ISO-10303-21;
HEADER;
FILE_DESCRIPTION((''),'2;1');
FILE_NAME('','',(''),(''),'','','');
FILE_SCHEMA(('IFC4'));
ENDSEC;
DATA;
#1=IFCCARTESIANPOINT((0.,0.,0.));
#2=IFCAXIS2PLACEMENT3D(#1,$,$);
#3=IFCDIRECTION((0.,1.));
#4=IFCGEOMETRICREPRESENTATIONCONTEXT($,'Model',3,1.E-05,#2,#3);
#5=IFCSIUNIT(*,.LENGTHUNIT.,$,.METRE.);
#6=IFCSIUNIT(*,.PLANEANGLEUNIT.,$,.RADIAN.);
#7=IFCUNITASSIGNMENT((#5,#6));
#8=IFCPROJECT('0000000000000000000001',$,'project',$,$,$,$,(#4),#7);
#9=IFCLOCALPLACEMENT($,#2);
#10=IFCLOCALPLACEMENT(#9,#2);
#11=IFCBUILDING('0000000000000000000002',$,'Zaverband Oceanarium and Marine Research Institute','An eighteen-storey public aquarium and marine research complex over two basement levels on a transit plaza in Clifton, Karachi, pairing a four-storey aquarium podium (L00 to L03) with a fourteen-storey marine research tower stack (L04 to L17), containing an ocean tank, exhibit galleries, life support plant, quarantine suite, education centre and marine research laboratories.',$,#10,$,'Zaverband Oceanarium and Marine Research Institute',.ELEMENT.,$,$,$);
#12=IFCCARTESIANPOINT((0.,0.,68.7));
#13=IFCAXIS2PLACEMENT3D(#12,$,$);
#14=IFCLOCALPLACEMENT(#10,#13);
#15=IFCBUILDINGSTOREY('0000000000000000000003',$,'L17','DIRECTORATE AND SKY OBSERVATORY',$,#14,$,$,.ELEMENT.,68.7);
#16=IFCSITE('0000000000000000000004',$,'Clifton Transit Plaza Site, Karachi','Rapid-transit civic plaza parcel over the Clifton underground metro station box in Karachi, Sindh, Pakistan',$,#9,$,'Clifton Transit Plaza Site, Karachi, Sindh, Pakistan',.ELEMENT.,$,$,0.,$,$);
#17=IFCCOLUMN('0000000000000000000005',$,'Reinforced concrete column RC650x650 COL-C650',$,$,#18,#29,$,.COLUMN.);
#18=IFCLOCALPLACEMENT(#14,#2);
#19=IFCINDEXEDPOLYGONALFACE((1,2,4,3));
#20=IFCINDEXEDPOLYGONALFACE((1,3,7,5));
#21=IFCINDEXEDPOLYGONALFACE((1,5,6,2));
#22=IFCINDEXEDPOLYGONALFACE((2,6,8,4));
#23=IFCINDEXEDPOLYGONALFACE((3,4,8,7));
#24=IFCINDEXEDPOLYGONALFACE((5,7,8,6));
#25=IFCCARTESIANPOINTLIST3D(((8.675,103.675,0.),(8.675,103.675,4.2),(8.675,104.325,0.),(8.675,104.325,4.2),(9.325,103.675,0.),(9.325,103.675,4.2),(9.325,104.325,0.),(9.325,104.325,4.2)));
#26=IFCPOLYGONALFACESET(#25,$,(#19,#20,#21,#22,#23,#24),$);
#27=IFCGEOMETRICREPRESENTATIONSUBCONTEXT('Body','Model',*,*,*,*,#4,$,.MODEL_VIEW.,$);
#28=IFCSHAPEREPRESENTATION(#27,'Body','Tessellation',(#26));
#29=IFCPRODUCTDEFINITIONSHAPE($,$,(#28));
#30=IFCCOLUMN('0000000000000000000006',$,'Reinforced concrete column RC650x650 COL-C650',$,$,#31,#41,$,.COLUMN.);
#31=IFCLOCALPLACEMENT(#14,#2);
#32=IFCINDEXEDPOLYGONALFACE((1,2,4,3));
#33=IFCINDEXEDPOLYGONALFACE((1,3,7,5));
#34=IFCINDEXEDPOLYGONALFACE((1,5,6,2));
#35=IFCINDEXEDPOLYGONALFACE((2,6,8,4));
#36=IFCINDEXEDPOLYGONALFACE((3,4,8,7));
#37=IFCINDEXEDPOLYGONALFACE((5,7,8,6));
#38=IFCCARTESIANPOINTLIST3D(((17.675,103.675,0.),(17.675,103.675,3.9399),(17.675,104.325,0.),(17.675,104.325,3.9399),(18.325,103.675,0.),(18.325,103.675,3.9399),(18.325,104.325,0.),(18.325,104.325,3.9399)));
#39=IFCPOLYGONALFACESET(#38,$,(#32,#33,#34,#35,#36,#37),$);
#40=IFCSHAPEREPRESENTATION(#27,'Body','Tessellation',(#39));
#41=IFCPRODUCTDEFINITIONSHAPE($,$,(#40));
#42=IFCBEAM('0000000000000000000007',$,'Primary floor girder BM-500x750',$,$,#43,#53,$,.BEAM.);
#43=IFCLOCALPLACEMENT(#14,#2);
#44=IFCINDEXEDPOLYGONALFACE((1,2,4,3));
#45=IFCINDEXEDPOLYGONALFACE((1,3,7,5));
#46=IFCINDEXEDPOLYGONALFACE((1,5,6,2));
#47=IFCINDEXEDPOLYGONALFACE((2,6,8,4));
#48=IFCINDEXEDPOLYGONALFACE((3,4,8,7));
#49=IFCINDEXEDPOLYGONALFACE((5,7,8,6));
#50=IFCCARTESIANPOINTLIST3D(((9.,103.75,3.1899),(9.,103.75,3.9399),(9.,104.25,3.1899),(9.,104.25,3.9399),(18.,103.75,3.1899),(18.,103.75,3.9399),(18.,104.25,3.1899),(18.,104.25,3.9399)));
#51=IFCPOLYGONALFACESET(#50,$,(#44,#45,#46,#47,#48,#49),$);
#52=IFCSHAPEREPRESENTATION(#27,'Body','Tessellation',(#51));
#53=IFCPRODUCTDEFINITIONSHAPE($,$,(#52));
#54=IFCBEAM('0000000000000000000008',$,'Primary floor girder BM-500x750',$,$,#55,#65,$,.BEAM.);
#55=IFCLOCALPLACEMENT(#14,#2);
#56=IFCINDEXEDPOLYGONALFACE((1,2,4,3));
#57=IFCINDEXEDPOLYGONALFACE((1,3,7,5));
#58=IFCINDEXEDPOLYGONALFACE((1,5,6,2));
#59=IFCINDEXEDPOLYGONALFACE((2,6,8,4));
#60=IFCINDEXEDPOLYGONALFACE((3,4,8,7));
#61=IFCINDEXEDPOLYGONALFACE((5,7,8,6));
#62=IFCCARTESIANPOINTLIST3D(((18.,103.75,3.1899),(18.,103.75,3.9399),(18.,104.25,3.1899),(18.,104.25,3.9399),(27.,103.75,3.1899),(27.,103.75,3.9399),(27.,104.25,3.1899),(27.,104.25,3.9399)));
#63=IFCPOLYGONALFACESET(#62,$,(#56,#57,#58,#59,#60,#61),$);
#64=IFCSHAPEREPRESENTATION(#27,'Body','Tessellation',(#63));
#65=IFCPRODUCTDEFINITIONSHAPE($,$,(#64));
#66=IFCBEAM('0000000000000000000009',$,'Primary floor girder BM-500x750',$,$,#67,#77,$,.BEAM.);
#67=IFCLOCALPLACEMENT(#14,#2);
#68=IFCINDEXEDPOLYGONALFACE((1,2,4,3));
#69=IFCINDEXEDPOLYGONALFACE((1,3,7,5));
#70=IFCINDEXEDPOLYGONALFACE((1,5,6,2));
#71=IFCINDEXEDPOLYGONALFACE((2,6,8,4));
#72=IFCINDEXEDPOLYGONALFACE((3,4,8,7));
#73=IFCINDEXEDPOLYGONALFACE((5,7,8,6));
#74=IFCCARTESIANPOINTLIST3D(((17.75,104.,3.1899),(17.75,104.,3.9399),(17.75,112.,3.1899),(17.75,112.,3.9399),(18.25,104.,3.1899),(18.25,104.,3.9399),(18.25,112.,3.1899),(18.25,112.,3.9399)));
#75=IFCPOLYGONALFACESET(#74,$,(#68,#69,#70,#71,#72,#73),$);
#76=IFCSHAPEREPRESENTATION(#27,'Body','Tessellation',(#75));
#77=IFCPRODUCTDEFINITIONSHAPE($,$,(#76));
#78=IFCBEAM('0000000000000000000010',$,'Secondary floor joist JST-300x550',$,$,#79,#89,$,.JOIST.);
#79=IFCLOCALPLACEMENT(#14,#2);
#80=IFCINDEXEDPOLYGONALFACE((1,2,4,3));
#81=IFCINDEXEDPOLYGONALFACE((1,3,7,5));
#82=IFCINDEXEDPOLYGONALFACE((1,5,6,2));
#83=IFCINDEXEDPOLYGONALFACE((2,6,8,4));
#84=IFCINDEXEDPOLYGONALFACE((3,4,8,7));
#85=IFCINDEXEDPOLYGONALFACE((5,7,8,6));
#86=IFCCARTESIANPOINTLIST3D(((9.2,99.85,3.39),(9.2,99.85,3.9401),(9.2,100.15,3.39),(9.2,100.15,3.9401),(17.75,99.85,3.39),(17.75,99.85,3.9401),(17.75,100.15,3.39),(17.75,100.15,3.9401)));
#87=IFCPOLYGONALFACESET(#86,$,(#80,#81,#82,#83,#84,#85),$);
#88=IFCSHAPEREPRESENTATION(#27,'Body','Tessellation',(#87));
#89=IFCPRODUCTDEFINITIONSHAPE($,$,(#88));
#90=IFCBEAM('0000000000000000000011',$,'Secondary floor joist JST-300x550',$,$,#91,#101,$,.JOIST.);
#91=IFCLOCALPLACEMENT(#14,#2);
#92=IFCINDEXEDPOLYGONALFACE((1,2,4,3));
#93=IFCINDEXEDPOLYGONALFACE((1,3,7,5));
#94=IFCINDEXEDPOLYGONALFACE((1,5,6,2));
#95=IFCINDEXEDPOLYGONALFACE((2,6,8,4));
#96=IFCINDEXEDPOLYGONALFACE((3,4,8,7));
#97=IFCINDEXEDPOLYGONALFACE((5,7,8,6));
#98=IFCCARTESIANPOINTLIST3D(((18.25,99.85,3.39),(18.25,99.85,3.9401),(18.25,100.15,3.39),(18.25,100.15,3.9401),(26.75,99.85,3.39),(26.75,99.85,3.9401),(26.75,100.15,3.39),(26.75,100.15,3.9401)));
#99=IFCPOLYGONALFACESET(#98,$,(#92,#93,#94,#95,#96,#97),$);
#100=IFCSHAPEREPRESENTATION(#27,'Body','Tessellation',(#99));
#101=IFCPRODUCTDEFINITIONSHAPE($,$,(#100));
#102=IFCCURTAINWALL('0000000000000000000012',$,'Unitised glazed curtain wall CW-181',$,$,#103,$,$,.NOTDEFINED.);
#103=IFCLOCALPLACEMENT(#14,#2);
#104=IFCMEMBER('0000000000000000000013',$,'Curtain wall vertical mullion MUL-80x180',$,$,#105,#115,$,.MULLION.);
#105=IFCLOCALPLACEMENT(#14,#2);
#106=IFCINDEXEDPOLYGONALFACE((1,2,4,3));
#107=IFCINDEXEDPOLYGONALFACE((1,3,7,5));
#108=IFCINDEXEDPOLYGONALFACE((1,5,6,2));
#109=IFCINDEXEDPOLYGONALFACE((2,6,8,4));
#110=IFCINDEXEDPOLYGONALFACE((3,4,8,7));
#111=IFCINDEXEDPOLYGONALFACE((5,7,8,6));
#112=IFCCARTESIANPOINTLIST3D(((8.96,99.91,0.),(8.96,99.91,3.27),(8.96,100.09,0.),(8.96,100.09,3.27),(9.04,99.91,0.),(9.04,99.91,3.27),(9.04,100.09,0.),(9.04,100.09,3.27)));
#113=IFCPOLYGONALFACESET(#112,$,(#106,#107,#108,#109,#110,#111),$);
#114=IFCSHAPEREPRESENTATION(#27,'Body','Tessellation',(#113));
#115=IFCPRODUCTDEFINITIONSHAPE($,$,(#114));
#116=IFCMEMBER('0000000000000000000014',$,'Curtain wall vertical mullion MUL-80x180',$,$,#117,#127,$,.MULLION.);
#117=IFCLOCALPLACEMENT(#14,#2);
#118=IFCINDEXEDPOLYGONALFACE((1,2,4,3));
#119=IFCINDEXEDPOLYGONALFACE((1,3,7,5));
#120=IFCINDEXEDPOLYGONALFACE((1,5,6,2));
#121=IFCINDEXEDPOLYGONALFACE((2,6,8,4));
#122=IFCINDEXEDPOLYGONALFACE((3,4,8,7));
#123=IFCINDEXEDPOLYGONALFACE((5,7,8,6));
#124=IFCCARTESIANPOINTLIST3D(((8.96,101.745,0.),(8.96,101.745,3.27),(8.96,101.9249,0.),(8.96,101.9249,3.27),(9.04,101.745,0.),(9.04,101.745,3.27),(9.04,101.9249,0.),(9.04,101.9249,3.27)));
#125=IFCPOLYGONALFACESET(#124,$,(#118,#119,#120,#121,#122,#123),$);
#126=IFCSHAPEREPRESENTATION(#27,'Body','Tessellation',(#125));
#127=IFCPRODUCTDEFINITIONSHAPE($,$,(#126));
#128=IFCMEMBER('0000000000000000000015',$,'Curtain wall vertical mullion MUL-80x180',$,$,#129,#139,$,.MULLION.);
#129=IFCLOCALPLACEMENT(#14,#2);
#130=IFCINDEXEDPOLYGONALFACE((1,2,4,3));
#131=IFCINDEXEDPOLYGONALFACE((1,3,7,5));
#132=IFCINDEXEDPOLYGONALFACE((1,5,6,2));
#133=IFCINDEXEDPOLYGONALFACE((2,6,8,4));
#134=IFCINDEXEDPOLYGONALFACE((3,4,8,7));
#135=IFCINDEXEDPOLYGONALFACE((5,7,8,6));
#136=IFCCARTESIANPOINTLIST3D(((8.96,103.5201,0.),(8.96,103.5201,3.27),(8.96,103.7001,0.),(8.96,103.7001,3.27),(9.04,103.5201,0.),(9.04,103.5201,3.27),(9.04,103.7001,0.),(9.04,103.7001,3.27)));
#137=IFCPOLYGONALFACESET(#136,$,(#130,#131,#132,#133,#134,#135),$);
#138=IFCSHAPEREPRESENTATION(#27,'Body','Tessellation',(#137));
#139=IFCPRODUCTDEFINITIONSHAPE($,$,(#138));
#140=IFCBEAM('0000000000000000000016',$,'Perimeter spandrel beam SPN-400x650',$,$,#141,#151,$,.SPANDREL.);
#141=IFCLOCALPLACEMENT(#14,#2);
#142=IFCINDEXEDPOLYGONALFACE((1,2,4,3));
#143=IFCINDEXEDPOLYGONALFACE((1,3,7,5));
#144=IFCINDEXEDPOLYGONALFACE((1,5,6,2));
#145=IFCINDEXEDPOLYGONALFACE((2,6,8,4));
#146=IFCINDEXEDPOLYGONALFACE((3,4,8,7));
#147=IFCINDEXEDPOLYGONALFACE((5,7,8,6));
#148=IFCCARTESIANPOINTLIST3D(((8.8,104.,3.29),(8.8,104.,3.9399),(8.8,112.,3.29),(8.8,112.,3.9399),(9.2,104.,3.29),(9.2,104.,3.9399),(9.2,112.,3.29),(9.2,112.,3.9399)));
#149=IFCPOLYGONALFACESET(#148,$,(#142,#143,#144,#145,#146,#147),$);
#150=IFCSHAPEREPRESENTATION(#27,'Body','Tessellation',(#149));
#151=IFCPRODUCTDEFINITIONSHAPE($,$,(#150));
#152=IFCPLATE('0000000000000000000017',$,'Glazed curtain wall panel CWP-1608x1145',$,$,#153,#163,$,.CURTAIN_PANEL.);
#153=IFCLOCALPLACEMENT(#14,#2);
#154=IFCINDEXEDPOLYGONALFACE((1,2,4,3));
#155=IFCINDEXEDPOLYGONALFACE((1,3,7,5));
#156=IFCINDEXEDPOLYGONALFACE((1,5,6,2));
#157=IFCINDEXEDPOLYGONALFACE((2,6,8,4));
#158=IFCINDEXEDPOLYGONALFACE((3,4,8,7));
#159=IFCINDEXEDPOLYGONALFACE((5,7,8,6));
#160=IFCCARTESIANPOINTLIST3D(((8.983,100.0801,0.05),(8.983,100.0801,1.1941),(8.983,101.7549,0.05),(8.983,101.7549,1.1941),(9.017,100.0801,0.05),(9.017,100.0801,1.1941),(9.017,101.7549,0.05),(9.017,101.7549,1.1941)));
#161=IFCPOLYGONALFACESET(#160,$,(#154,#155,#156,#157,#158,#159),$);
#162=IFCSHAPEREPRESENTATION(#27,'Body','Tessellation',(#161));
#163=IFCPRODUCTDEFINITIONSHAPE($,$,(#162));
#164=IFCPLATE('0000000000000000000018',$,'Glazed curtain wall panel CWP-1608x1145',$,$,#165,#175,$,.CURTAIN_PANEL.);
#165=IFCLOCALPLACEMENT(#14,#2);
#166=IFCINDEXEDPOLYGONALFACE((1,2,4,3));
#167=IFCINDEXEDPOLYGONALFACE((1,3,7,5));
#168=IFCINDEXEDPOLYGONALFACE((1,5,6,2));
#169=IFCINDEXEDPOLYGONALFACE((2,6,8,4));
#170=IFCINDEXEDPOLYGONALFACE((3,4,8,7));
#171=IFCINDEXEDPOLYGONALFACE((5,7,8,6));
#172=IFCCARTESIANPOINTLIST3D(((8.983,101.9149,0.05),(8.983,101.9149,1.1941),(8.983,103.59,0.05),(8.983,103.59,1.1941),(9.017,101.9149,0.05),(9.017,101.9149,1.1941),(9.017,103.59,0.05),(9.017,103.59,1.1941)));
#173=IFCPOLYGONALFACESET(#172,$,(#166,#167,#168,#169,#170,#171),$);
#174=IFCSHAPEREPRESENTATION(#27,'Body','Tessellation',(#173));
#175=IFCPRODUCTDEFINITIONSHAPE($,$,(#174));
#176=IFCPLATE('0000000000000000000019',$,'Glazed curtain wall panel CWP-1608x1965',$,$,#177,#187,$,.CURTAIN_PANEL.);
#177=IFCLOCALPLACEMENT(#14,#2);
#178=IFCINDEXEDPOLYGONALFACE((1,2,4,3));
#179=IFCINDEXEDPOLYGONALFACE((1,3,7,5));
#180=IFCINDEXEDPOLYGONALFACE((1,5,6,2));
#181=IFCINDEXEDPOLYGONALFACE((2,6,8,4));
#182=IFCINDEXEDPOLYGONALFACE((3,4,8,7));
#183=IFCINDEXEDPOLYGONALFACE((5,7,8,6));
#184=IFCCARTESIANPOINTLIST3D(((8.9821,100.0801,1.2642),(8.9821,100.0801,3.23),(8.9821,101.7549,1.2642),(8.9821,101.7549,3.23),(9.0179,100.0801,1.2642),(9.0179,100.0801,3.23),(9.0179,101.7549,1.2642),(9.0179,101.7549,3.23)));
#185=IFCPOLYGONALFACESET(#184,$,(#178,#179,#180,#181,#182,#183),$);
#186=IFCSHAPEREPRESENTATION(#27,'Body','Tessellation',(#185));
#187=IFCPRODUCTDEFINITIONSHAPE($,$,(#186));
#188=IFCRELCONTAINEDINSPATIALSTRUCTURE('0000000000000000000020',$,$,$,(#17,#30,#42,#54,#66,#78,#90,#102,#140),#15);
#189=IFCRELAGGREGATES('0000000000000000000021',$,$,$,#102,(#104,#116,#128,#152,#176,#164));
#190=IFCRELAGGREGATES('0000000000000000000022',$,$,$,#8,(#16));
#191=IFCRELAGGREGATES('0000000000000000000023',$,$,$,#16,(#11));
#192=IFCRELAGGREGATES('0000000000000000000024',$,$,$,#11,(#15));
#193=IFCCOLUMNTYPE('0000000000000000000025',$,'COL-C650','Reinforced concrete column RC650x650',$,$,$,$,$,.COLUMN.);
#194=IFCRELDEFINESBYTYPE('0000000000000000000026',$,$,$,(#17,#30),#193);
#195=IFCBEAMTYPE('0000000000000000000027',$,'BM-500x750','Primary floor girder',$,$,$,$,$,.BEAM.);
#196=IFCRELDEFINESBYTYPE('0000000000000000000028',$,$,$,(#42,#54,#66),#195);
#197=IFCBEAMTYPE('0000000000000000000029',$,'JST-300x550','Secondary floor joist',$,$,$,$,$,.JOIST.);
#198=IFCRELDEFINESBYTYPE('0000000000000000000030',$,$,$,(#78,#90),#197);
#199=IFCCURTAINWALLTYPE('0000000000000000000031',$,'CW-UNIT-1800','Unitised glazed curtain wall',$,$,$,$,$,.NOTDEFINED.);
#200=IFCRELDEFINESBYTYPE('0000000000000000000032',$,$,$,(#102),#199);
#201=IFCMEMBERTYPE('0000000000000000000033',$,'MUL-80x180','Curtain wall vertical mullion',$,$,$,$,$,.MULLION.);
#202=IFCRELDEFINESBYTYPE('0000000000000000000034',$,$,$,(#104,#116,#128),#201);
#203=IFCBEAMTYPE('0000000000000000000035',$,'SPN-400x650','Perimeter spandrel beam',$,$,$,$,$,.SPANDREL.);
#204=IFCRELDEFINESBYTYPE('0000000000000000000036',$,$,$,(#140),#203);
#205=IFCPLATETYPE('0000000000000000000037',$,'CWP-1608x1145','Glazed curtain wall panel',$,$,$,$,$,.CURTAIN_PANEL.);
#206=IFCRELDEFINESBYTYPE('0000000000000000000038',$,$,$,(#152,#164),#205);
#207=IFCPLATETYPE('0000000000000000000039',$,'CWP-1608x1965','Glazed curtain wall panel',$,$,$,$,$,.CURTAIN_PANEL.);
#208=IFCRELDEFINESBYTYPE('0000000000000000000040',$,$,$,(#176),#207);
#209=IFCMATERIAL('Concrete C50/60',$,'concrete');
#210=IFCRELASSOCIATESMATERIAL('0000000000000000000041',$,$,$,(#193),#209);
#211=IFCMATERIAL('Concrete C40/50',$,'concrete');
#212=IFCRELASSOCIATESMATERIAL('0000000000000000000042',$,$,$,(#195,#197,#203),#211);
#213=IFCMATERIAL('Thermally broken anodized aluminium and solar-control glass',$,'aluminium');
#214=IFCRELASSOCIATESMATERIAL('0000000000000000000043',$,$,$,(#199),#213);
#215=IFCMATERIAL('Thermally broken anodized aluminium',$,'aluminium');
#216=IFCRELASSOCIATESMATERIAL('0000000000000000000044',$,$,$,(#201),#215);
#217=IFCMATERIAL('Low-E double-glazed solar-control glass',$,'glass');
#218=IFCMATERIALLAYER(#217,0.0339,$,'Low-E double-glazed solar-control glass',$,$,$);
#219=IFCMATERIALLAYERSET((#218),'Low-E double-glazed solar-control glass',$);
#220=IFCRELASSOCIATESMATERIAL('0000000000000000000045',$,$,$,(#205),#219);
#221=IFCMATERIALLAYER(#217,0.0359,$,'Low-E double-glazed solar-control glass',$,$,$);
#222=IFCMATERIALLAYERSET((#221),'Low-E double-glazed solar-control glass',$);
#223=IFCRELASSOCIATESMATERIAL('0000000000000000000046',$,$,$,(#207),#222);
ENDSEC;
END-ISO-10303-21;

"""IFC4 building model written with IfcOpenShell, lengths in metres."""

from ifc_helpers import new_model, si_unit, direction, frame, frame_2d, origin, origin_2d, place, context, subcontext, project, spatial, rectangle, extrude, material, layer, layer_set, material_profile, profile_set, type_object, element, aggregate, save


model = new_model("IFC4")

# Units and contexts
model_context = context("Model", 3, precision=1e-05, world=origin(), true_north=direction((0.0, 1.0)))
body_context = subcontext(model_context, "Body", "Model", "MODEL_VIEW")
ifc_project = project(units=[si_unit("LENGTHUNIT", "METRE"), si_unit("PLANEANGLEUNIT", "RADIAN")], contexts=[model_context])

# Site, building, storey
site_placement = place(None, origin())
site = spatial("IfcSite", under=ifc_project, at=site_placement, Name="Clifton Transit Plaza Site, Karachi", Description="Rapid-transit civic plaza parcel over the Clifton underground metro station box in Karachi, Sindh, Pakistan", LongName="Clifton Transit Plaza Site, Karachi, Sindh, Pakistan", CompositionType="ELEMENT", RefElevation=0.0)
building_placement = place(site_placement, origin())
building = spatial("IfcBuilding", under=site, at=building_placement, Name="Zaverband Oceanarium and Marine Research Institute", Description="An eighteen-storey public aquarium and marine research complex over two basement levels on a transit plaza in Clifton, Karachi, pairing a four-storey aquarium podium (L00 to L03) with a fourteen-storey marine research tower stack (L04 to L17), containing an ocean tank, exhibit galleries, life support plant, quarantine suite, education centre and marine research laboratories.", LongName="Zaverband Oceanarium and Marine Research Institute", CompositionType="ELEMENT")
storey_placement = place(building_placement, frame((0.0, 0.0, 68.7)))
storey = spatial("IfcBuildingStorey", under=building, at=storey_placement, Name="L17", Description="DIRECTORATE AND SKY OBSERVATORY", CompositionType="ELEMENT", Elevation=68.7)

# Columns
ifc_material_1 = material(Name="Concrete C50/60", Category="concrete")
ifc_material_profile_1 = material_profile(ifc_material_1, rectangle(XDim=0.6499, YDim=0.6499, at=origin_2d()), Name="RC650x650")
ifc_profile_set_1 = profile_set([ifc_material_profile_1], Name="Concrete C50/60")
column_type = type_object("IfcColumnType", Name="COL-C650", Description="Reinforced concrete column RC650x650", PredefinedType="COLUMN", material=ifc_profile_set_1)
column_1_placement = place(storey_placement, frame((9.0, 104.0, 0.0), z_axis=(0.0, 0.0, 1.0), x_axis=(1.0, 0.0, 0.0)))
element("IfcColumn", 1, at=column_1_placement, inside=storey, type_object=column_type, Name="Reinforced concrete column RC650x650 COL-C650", PredefinedType="COLUMN", context=body_context, shape_type="SweptSolid", body=[
    extrude(rectangle(XDim=0.6499, YDim=0.6499, at=origin_2d()), origin(), (0.0, 0.0, 1.0), 4.2),
])
column_2_placement = place(storey_placement, frame((18.0, 104.0, 0.0), z_axis=(0.0, 0.0, 1.0), x_axis=(1.0, 0.0, 0.0)))
element("IfcColumn", 2, at=column_2_placement, inside=storey, type_object=column_type, Name="Reinforced concrete column RC650x650 COL-C650", PredefinedType="COLUMN", context=body_context, shape_type="SweptSolid", body=[
    extrude(rectangle(XDim=0.6499, YDim=0.6499, at=origin_2d()), origin(), (0.0, 0.0, 1.0), 3.9399),
])

# Beams
ifc_material_2 = material(Name="Concrete C40/50", Category="concrete")
ifc_material_profile_2 = material_profile(ifc_material_2, rectangle(XDim=0.5, YDim=0.75, at=origin_2d()), Name="RC500x750")
ifc_profile_set_2 = profile_set([ifc_material_profile_2], Name="Concrete C40/50")
beam_type_1 = type_object("IfcBeamType", Name="BM-500x750", Description="Primary floor girder", PredefinedType="BEAM", material=ifc_profile_set_2)
for number, where, z_axis, x_axis, name in (
    (3, (9.0, 104.0, 3.5649), (1.0, 0.0, 0.0), (0.0, 1.0, 0.0), "Primary floor girder BM-500x750"),
    (4, (18.0, 104.0, 3.5649), (1.0, 0.0, 0.0), (0.0, 1.0, 0.0), "Primary floor girder BM-500x750"),
):
    element("IfcBeam", number, at=place(storey_placement, frame(where, z_axis=z_axis, x_axis=x_axis)), inside=storey, type_object=beam_type_1, Name=name, PredefinedType="BEAM", context=body_context, shape_type="SweptSolid", body=[
        extrude(rectangle(XDim=0.5, YDim=0.75, at=origin_2d()), origin(), (0.0, 0.0, 1.0), 9.0),
    ])
beam_1_placement = place(storey_placement, frame((18.0, 104.0, 3.5649), z_axis=(0.0, 1.0, 0.0), x_axis=(-1.0, 0.0, 0.0)))
element("IfcBeam", 5, at=beam_1_placement, inside=storey, type_object=beam_type_1, Name="Primary floor girder BM-500x750", PredefinedType="BEAM", context=body_context, shape_type="SweptSolid", body=[
    extrude(rectangle(XDim=0.5, YDim=0.75, at=origin_2d()), origin(), (0.0, 0.0, 1.0), 8.0),
])
ifc_material_profile_3 = material_profile(ifc_material_2, rectangle(XDim=0.3, YDim=0.55, at=origin_2d()), Name="RC300x550")
ifc_profile_set_3 = profile_set([ifc_material_profile_3], Name="Concrete C40/50")
beam_type_2 = type_object("IfcBeamType", Name="JST-300x550", Description="Secondary floor joist", PredefinedType="JOIST", material=ifc_profile_set_3)
beam_2_placement = place(storey_placement, frame((9.2, 100.0, 3.665), z_axis=(1.0, 0.0, 0.0), x_axis=(0.0, 1.0, 0.0)))
element("IfcBeam", 6, at=beam_2_placement, inside=storey, type_object=beam_type_2, Name="Secondary floor joist JST-300x550", PredefinedType="JOIST", context=body_context, shape_type="SweptSolid", body=[
    extrude(rectangle(XDim=0.3, YDim=0.55, at=origin_2d()), origin(), (0.0, 0.0, 1.0), 8.55),
])
beam_3_placement = place(storey_placement, frame((18.25, 100.0, 3.665), z_axis=(1.0, 0.0, 0.0), x_axis=(0.0, 1.0, 0.0)))
element("IfcBeam", 7, at=beam_3_placement, inside=storey, type_object=beam_type_2, Name="Secondary floor joist JST-300x550", PredefinedType="JOIST", context=body_context, shape_type="SweptSolid", body=[
    extrude(rectangle(XDim=0.3, YDim=0.55, at=origin_2d()), origin(), (0.0, 0.0, 1.0), 8.5),
])

# Curtain wall, members
ifc_material_3 = material(Name="Thermally broken anodized aluminium and solar-control glass", Category="aluminium")
curtain_wall_type = type_object("IfcCurtainWallType", Name="CW-UNIT-1800", Description="Unitised glazed curtain wall", PredefinedType="NOTDEFINED", material=ifc_material_3)
curtain_wall_placement = place(storey_placement, origin())
curtain_wall = element("IfcCurtainWall", 8, at=curtain_wall_placement, inside=storey, type_object=curtain_wall_type, Name="Unitised glazed curtain wall CW-181", PredefinedType="NOTDEFINED")
ifc_material_4 = material(Name="Thermally broken anodized aluminium", Category="aluminium")
ifc_material_profile_4 = material_profile(ifc_material_4, rectangle(XDim=0.0801, YDim=0.1799, at=origin_2d()), Name="AL-MUL-80x180")
ifc_profile_set_4 = profile_set([ifc_material_profile_4], Name="Thermally broken anodized aluminium")
member_type = type_object("IfcMemberType", Name="MUL-80x180", Description="Curtain wall vertical mullion", PredefinedType="MULLION", material=ifc_profile_set_4)
member_1_placement = place(storey_placement, frame((9.0, 100.0, 0.0), z_axis=(0.0, 0.0, 1.0), x_axis=(1.0, 0.0, 0.0)))
member_1 = element("IfcMember", 9, at=member_1_placement, type_object=member_type, Name="Curtain wall vertical mullion MUL-80x180", PredefinedType="MULLION", context=body_context, shape_type="SweptSolid", body=[
    extrude(rectangle(XDim=0.0801, YDim=0.1799, at=origin_2d()), origin(), (0.0, 0.0, 1.0), 3.27),
])
member_2_placement = place(storey_placement, frame((9.0, 101.835, 0.0), z_axis=(0.0, 0.0, 1.0), x_axis=(1.0, 0.0, 0.0)))
member_2 = element("IfcMember", 10, at=member_2_placement, type_object=member_type, Name="Curtain wall vertical mullion MUL-80x180", PredefinedType="MULLION", context=body_context, shape_type="SweptSolid", body=[
    extrude(rectangle(XDim=0.0801, YDim=0.1799, at=origin_2d()), origin(), (0.0, 0.0, 1.0), 3.27),
])
member_3_placement = place(storey_placement, frame((9.0, 103.6101, 0.0), z_axis=(0.0, 0.0, 1.0), x_axis=(1.0, 0.0, 0.0)))
member_3 = element("IfcMember", 11, at=member_3_placement, type_object=member_type, Name="Curtain wall vertical mullion MUL-80x180", PredefinedType="MULLION", context=body_context, shape_type="SweptSolid", body=[
    extrude(rectangle(XDim=0.0801, YDim=0.1799, at=origin_2d()), origin(), (0.0, 0.0, 1.0), 3.27),
])

# Beam
ifc_material_profile_5 = material_profile(ifc_material_2, rectangle(XDim=0.3999, YDim=0.6499, at=origin_2d()), Name="RC400x650")
ifc_profile_set_5 = profile_set([ifc_material_profile_5], Name="Concrete C40/50")
beam_type_3 = type_object("IfcBeamType", Name="SPN-400x650", Description="Perimeter spandrel beam", PredefinedType="SPANDREL", material=ifc_profile_set_5)
beam_4_placement = place(storey_placement, frame((9.0, 104.0, 3.615), z_axis=(0.0, 1.0, 0.0), x_axis=(-1.0, 0.0, 0.0)))
element("IfcBeam", 12, at=beam_4_placement, inside=storey, type_object=beam_type_3, Name="Perimeter spandrel beam SPN-400x650", PredefinedType="SPANDREL", context=body_context, shape_type="SweptSolid", body=[
    extrude(rectangle(XDim=0.3999, YDim=0.6499, at=origin_2d()), origin(), (0.0, 0.0, 1.0), 8.0),
])

# Plates
ifc_material_5 = material(Name="Low-E double-glazed solar-control glass", Category="glass")
ifc_layer_1 = layer(ifc_material_5, 0.0339, Name="Low-E double-glazed solar-control glass")
ifc_layer_set_1 = layer_set([ifc_layer_1], Name="Low-E double-glazed solar-control glass")
plate_type_1 = type_object("IfcPlateType", Name="CWP-1608x1145", Description="Glazed curtain wall panel", PredefinedType="CURTAIN_PANEL", material=ifc_layer_set_1)
plate_1_placement = place(storey_placement, frame((9.0, 100.0801, 0.05), z_axis=(0.0, 0.0, 1.0), x_axis=(0.0, 1.0, 0.0)))
plate_1 = element("IfcPlate", 13, at=plate_1_placement, type_object=plate_type_1, Name="Glazed curtain wall panel CWP-1608x1145", PredefinedType="CURTAIN_PANEL", context=body_context, shape_type="SweptSolid", body=[
    extrude(rectangle(XDim=1.6748, YDim=0.0339, at=frame_2d((0.8374, 0.0))), origin(), (0.0, 0.0, 1.0), 1.144),
])
plate_2_placement = place(storey_placement, frame((9.0, 101.915, 0.05), z_axis=(0.0, 0.0, 1.0), x_axis=(0.0, 1.0, 0.0)))
plate_2 = element("IfcPlate", 14, at=plate_2_placement, type_object=plate_type_1, Name="Glazed curtain wall panel CWP-1608x1145", PredefinedType="CURTAIN_PANEL", context=body_context, shape_type="SweptSolid", body=[
    extrude(rectangle(XDim=1.675, YDim=0.0339, at=frame_2d((0.8374, 0.0))), origin(), (0.0, 0.0, 1.0), 1.144),
])
ifc_layer_2 = layer(ifc_material_5, 0.0359, Name="Low-E double-glazed solar-control glass")
ifc_layer_set_2 = layer_set([ifc_layer_2], Name="Low-E double-glazed solar-control glass")
plate_type_2 = type_object("IfcPlateType", Name="CWP-1608x1965", Description="Glazed curtain wall panel", PredefinedType="CURTAIN_PANEL", material=ifc_layer_set_2)
plate_3_placement = place(storey_placement, frame((9.0, 100.0801, 1.2642), z_axis=(0.0, 0.0, 1.0), x_axis=(0.0, 1.0, 0.0)))
plate_3 = element("IfcPlate", 15, at=plate_3_placement, type_object=plate_type_2, Name="Glazed curtain wall panel CWP-1608x1965", PredefinedType="CURTAIN_PANEL", context=body_context, shape_type="SweptSolid", body=[
    extrude(rectangle(XDim=1.6748, YDim=0.0359, at=frame_2d((0.8374, 0.0))), origin(), (0.0, 0.0, 1.0), 1.9658),
])
aggregate(curtain_wall, [member_1, member_2, member_3, plate_1, plate_3, plate_2])

save(model, "model.ifc")
